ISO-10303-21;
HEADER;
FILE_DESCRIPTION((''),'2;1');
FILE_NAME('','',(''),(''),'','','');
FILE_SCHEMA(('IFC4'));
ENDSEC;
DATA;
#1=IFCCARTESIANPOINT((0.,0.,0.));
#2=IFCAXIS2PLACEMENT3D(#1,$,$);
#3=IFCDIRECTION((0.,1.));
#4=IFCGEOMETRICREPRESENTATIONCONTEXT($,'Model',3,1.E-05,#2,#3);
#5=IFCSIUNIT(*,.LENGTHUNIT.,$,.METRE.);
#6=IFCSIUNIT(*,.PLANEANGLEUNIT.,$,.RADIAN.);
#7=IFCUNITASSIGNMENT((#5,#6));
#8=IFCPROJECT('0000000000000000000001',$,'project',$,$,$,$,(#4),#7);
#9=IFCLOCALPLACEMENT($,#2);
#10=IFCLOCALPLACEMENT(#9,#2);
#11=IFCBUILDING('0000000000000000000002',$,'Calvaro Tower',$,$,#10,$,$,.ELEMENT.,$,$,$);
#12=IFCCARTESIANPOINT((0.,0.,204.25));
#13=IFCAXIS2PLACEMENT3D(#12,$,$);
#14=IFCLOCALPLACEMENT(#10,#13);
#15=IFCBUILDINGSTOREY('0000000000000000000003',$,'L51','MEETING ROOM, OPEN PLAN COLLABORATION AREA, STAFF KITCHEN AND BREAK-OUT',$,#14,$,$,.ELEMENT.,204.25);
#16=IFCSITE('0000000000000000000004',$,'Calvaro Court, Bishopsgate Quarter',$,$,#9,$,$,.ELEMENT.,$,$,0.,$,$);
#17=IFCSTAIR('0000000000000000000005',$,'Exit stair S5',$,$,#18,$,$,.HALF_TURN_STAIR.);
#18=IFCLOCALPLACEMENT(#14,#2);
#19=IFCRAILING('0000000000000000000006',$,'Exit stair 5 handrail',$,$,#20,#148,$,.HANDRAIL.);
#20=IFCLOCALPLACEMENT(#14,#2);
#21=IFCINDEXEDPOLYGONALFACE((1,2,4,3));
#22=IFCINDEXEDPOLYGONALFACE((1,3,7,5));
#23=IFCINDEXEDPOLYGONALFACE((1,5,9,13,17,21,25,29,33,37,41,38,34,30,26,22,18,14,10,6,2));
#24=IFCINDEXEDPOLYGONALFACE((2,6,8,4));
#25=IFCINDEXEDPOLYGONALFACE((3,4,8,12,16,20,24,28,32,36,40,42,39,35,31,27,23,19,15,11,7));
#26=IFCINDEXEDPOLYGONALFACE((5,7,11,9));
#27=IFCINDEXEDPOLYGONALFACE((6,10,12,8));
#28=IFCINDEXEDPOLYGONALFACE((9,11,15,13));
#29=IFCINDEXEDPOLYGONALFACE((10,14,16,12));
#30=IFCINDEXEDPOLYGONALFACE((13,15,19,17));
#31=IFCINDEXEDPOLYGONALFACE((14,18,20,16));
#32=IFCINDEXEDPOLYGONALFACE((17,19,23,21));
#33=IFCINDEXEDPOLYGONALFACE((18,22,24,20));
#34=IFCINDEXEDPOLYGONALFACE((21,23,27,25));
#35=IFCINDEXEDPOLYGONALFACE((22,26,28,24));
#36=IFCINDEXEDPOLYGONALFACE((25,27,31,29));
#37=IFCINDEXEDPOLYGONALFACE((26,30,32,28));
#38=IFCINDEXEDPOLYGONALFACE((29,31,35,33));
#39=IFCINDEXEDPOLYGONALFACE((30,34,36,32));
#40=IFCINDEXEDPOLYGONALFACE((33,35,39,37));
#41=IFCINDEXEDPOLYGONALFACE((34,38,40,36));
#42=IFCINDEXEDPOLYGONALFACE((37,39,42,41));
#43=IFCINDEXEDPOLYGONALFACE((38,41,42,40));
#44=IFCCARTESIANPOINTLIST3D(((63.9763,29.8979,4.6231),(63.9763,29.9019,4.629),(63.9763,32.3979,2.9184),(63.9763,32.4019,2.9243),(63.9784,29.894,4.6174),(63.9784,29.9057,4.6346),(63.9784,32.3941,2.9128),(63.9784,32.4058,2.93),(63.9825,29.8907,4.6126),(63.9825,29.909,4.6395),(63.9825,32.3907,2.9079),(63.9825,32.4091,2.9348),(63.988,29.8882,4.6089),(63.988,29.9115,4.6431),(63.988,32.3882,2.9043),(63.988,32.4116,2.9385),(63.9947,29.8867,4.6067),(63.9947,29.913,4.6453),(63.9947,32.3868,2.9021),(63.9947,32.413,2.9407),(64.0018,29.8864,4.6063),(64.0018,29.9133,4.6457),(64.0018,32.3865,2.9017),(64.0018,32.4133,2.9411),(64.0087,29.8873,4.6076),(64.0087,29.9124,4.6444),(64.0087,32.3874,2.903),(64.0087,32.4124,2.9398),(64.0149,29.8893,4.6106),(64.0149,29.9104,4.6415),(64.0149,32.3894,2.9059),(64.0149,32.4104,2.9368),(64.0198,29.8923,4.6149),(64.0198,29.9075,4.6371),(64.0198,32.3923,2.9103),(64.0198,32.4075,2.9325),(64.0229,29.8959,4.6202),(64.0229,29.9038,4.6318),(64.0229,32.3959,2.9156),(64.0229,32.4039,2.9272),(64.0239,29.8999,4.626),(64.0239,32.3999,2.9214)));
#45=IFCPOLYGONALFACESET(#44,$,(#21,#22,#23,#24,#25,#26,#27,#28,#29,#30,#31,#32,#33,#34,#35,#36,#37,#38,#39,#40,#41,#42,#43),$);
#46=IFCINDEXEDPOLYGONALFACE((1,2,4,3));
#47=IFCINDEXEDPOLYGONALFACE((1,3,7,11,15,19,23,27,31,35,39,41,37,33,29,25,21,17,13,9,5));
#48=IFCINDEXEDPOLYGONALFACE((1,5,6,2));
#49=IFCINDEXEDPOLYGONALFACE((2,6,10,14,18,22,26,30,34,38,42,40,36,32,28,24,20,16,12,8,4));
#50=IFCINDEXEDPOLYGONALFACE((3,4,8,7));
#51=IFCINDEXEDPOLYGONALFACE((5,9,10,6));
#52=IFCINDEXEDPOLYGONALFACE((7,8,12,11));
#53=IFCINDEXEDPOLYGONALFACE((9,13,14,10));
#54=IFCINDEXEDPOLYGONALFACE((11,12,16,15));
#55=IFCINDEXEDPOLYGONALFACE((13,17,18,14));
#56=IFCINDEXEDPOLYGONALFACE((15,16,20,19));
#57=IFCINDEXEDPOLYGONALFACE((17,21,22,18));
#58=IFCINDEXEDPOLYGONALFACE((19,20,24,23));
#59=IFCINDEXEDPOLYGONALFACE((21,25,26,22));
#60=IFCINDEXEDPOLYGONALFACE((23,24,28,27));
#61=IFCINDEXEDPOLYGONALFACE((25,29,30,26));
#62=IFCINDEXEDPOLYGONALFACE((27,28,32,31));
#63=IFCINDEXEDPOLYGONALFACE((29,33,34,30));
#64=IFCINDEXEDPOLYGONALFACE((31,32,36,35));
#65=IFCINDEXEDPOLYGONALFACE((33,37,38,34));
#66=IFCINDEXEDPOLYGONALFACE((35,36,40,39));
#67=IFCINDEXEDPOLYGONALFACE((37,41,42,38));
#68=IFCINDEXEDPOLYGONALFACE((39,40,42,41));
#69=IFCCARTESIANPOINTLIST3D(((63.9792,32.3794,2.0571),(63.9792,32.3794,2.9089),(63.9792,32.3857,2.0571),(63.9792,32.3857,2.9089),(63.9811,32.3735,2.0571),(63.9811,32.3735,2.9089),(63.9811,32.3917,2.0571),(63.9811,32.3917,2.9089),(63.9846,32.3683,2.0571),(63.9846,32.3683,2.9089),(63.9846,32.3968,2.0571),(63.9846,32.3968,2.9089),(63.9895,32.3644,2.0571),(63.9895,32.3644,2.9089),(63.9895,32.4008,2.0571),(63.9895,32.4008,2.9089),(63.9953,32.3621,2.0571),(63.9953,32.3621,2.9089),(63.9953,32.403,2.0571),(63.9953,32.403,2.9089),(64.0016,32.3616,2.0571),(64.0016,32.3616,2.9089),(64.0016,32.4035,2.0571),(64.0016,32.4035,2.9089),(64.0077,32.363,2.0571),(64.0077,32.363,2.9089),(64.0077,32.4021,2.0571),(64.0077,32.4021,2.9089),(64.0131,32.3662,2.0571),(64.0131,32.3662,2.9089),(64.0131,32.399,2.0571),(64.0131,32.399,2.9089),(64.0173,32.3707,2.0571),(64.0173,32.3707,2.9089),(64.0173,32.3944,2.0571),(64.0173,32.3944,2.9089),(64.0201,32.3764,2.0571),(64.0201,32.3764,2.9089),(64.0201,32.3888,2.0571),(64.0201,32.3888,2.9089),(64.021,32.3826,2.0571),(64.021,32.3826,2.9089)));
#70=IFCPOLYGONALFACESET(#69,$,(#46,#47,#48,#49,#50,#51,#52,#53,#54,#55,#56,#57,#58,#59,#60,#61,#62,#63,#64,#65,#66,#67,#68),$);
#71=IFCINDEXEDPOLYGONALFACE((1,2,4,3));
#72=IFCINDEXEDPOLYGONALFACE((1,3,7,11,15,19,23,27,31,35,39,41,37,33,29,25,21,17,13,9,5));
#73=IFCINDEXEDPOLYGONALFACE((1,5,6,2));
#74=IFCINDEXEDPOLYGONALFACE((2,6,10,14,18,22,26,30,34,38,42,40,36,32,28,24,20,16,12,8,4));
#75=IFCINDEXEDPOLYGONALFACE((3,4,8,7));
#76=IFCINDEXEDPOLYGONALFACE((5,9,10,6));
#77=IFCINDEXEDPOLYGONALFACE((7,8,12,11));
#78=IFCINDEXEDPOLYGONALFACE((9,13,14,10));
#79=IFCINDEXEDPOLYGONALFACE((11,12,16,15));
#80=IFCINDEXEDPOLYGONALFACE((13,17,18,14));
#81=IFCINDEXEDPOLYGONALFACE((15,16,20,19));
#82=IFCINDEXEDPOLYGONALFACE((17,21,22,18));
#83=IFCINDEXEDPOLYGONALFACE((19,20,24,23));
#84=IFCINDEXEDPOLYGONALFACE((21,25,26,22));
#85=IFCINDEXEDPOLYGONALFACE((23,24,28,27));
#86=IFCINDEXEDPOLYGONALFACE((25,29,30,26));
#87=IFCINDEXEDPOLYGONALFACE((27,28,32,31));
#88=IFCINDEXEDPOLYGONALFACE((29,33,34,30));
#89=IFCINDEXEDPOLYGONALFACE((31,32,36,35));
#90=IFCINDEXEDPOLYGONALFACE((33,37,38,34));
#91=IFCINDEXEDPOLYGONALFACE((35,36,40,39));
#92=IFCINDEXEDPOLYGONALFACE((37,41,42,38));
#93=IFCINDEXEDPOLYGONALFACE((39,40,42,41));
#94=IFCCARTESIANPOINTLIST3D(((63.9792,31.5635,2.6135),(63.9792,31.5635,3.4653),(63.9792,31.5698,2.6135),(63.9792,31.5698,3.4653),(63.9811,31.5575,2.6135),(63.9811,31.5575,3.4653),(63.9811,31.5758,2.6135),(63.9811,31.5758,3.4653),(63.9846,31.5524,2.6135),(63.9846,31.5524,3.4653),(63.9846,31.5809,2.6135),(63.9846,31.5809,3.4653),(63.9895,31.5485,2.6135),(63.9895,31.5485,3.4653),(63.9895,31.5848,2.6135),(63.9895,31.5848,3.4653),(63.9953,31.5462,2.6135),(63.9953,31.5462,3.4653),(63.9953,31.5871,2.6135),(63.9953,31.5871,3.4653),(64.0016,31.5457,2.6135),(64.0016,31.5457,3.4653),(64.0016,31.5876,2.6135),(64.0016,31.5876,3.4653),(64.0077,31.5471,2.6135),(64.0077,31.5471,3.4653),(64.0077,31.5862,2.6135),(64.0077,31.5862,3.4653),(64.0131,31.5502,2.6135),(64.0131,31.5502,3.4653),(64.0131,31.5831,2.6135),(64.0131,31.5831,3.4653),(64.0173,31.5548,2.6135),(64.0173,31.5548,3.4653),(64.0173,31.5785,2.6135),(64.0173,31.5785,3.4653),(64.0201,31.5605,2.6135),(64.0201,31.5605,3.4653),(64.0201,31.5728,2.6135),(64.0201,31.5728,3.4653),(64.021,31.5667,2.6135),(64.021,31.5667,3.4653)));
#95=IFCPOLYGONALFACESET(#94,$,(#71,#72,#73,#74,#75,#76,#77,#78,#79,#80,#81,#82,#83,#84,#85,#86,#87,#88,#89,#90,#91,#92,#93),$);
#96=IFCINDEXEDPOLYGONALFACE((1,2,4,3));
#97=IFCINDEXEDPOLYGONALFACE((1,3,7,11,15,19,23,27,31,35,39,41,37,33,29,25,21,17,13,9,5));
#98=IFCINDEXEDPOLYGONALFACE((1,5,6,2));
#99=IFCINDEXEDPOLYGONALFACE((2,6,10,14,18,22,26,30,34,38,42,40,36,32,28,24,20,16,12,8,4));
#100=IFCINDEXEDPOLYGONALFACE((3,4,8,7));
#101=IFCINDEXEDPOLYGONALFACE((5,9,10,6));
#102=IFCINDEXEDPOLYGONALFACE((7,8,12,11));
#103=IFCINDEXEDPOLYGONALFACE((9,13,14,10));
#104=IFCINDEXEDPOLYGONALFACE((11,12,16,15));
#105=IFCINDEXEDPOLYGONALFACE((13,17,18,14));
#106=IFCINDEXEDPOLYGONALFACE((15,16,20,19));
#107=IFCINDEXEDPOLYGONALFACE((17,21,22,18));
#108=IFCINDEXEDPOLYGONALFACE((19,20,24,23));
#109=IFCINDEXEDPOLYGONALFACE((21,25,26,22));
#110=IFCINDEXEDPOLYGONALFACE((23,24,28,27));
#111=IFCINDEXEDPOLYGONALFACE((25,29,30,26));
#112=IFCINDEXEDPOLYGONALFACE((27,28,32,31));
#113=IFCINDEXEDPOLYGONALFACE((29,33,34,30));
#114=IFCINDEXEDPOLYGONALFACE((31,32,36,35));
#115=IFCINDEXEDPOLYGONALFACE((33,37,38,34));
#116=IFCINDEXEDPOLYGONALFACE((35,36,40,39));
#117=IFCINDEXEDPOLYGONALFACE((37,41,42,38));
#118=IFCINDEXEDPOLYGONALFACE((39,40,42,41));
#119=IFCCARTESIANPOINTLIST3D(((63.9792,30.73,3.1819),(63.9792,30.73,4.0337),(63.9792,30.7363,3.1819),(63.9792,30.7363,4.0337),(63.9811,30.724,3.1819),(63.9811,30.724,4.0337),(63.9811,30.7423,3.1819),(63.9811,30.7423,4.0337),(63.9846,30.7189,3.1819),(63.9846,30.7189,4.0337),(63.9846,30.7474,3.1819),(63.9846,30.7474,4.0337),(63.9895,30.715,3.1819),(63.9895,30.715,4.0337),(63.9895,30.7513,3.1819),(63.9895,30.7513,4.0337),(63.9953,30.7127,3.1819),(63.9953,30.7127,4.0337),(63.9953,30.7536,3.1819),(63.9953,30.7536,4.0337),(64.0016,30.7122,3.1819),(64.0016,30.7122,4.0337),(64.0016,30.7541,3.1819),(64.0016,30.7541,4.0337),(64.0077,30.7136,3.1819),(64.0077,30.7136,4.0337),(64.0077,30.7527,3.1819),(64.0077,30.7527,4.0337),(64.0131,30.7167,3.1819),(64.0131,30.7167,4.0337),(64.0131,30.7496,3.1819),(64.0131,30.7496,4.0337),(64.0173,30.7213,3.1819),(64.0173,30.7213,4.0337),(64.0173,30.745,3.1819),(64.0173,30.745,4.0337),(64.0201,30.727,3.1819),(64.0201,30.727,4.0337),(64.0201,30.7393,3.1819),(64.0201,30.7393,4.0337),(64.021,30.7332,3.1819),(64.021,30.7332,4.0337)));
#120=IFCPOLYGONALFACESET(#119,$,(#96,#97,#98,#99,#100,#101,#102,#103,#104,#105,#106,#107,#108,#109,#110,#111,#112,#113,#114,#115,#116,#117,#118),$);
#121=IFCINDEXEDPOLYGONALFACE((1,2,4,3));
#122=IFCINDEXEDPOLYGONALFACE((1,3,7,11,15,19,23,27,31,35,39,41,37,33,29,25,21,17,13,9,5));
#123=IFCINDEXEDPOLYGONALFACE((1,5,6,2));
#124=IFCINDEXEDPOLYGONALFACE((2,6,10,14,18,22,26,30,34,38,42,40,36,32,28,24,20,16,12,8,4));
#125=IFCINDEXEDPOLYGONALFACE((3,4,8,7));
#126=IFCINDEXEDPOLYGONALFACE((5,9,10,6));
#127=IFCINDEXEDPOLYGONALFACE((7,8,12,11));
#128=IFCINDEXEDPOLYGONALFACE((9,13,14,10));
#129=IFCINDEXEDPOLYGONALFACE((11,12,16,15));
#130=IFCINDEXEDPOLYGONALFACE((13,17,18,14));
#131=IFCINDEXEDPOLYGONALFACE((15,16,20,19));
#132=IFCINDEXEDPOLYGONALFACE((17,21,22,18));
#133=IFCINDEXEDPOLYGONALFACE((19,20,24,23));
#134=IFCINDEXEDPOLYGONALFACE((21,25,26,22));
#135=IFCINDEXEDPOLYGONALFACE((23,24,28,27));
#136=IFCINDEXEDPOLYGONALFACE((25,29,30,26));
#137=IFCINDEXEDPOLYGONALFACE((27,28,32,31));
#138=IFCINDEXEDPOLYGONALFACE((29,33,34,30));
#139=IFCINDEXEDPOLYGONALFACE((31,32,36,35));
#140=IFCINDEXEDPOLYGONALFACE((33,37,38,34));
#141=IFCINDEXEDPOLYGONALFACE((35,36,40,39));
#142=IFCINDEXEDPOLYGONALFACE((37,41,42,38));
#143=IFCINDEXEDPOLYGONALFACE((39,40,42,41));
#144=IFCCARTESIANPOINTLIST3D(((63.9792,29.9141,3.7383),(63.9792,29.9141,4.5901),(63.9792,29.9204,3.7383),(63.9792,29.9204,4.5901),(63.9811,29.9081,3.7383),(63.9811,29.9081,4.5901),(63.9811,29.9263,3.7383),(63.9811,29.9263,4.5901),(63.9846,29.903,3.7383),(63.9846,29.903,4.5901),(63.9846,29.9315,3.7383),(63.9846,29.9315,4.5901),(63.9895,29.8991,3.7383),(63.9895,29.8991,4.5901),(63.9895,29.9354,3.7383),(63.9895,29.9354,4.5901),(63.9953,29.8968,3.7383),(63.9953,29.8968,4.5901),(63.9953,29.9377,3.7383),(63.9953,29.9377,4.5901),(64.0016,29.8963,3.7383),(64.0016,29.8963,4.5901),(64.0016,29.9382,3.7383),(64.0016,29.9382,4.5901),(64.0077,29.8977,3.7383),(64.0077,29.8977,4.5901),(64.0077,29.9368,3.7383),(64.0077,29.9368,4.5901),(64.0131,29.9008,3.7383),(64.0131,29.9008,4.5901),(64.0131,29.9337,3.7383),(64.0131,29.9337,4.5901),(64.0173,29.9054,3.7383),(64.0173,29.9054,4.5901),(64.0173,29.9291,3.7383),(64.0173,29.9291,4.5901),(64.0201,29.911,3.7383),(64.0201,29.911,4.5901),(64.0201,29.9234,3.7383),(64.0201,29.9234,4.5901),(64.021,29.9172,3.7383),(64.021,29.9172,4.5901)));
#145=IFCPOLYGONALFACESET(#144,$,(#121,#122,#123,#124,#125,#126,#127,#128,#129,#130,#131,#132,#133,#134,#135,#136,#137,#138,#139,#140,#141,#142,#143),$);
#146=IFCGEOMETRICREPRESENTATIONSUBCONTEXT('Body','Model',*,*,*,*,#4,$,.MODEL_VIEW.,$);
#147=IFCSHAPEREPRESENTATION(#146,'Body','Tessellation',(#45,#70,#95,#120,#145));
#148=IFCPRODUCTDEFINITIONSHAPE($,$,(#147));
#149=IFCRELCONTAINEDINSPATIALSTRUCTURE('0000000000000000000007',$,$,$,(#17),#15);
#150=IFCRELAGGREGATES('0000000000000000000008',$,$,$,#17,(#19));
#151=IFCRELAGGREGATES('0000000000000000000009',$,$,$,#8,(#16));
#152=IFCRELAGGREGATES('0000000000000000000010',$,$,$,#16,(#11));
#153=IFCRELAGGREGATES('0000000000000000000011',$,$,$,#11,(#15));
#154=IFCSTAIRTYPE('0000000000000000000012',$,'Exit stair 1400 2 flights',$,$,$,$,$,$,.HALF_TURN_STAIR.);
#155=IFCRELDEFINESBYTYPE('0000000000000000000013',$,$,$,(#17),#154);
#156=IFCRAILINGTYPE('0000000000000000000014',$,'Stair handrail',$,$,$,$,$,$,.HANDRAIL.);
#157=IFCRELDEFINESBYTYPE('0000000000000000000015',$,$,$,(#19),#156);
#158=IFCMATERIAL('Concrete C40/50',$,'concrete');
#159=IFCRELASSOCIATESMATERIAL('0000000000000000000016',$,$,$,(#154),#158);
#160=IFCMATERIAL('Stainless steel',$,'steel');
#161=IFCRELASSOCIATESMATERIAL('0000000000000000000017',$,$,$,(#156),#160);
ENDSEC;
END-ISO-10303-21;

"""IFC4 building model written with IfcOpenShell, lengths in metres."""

from ifc_helpers import new_model, si_unit, direction, frame, origin, origin_2d, place, context, subcontext, project, spatial, circle, extrude, material, type_object, element, aggregate, save


model = new_model("IFC4")

# Units and contexts
model_context = context("Model", 3, precision=1e-05, world=origin(), true_north=direction((0.0, 1.0)))
body_context = subcontext(model_context, "Body", "Model", "MODEL_VIEW")
ifc_project = project(units=[si_unit("LENGTHUNIT", "METRE"), si_unit("PLANEANGLEUNIT", "RADIAN")], contexts=[model_context])

# Site, building, storey
site_placement = place(None, origin())
site = spatial("IfcSite", under=ifc_project, at=site_placement, Name="Calvaro Court, Bishopsgate Quarter", CompositionType="ELEMENT", RefElevation=0.0)
building_placement = place(site_placement, origin())
building = spatial("IfcBuilding", under=site, at=building_placement, Name="Calvaro Tower", CompositionType="ELEMENT")
storey_placement = place(building_placement, frame((0.0, 0.0, 204.25)))
storey = spatial("IfcBuildingStorey", under=building, at=storey_placement, Name="L51", Description="MEETING ROOM, OPEN PLAN COLLABORATION AREA, STAFF KITCHEN AND BREAK-OUT", CompositionType="ELEMENT", Elevation=204.25)

# Stair, railing
ifc_material_1 = material(Name="Concrete C40/50", Category="concrete")
stair_type = type_object("IfcStairType", Name="Exit stair 1400 2 flights", PredefinedType="HALF_TURN_STAIR", material=ifc_material_1)
stair_placement = place(storey_placement, origin())
stair = element("IfcStair", 1, at=stair_placement, inside=storey, type_object=stair_type, Name="Exit stair S5", PredefinedType="HALF_TURN_STAIR")
ifc_material_2 = material(Name="Stainless steel", Category="steel")
railing_type = type_object("IfcRailingType", Name="Stair handrail", PredefinedType="HANDRAIL", material=ifc_material_2)
railing_1_placement = place(storey_placement, frame((64.0, 32.3999, 2.0454)))
railing_1 = element("IfcRailing", 2, at=railing_1_placement, type_object=railing_type, Name="Exit stair 5 handrail", PredefinedType="HANDRAIL", context=body_context, shape_type="SweptSolid", body=[
    extrude(circle(Radius=0.0239, at=origin_2d()), frame((0.0, 0.0, 0.876), z_axis=(0.0, -0.826221, 0.563347), x_axis=(1.0, 0.0, 0.0)), (0.0, 0.0, 1.0), 3.0259),
    extrude(circle(Radius=0.021, at=origin_2d()), frame((0.0, -0.0173, 0.0117)), (0.0, 0.0, 1.0), 0.8518),
    extrude(circle(Radius=0.021, at=origin_2d()), frame((0.0, -0.8333, 0.5681)), (0.0, 0.0, 1.0), 0.8518),
    extrude(circle(Radius=0.021, at=origin_2d()), frame((0.0, -1.6667, 1.1365)), (0.0, 0.0, 1.0), 0.8518),
    extrude(circle(Radius=0.021, at=origin_2d()), frame((0.0, -2.4827, 1.6929)), (0.0, 0.0, 1.0), 0.8518),
])
aggregate(stair, [railing_1])

save(model, "model.ifc")
